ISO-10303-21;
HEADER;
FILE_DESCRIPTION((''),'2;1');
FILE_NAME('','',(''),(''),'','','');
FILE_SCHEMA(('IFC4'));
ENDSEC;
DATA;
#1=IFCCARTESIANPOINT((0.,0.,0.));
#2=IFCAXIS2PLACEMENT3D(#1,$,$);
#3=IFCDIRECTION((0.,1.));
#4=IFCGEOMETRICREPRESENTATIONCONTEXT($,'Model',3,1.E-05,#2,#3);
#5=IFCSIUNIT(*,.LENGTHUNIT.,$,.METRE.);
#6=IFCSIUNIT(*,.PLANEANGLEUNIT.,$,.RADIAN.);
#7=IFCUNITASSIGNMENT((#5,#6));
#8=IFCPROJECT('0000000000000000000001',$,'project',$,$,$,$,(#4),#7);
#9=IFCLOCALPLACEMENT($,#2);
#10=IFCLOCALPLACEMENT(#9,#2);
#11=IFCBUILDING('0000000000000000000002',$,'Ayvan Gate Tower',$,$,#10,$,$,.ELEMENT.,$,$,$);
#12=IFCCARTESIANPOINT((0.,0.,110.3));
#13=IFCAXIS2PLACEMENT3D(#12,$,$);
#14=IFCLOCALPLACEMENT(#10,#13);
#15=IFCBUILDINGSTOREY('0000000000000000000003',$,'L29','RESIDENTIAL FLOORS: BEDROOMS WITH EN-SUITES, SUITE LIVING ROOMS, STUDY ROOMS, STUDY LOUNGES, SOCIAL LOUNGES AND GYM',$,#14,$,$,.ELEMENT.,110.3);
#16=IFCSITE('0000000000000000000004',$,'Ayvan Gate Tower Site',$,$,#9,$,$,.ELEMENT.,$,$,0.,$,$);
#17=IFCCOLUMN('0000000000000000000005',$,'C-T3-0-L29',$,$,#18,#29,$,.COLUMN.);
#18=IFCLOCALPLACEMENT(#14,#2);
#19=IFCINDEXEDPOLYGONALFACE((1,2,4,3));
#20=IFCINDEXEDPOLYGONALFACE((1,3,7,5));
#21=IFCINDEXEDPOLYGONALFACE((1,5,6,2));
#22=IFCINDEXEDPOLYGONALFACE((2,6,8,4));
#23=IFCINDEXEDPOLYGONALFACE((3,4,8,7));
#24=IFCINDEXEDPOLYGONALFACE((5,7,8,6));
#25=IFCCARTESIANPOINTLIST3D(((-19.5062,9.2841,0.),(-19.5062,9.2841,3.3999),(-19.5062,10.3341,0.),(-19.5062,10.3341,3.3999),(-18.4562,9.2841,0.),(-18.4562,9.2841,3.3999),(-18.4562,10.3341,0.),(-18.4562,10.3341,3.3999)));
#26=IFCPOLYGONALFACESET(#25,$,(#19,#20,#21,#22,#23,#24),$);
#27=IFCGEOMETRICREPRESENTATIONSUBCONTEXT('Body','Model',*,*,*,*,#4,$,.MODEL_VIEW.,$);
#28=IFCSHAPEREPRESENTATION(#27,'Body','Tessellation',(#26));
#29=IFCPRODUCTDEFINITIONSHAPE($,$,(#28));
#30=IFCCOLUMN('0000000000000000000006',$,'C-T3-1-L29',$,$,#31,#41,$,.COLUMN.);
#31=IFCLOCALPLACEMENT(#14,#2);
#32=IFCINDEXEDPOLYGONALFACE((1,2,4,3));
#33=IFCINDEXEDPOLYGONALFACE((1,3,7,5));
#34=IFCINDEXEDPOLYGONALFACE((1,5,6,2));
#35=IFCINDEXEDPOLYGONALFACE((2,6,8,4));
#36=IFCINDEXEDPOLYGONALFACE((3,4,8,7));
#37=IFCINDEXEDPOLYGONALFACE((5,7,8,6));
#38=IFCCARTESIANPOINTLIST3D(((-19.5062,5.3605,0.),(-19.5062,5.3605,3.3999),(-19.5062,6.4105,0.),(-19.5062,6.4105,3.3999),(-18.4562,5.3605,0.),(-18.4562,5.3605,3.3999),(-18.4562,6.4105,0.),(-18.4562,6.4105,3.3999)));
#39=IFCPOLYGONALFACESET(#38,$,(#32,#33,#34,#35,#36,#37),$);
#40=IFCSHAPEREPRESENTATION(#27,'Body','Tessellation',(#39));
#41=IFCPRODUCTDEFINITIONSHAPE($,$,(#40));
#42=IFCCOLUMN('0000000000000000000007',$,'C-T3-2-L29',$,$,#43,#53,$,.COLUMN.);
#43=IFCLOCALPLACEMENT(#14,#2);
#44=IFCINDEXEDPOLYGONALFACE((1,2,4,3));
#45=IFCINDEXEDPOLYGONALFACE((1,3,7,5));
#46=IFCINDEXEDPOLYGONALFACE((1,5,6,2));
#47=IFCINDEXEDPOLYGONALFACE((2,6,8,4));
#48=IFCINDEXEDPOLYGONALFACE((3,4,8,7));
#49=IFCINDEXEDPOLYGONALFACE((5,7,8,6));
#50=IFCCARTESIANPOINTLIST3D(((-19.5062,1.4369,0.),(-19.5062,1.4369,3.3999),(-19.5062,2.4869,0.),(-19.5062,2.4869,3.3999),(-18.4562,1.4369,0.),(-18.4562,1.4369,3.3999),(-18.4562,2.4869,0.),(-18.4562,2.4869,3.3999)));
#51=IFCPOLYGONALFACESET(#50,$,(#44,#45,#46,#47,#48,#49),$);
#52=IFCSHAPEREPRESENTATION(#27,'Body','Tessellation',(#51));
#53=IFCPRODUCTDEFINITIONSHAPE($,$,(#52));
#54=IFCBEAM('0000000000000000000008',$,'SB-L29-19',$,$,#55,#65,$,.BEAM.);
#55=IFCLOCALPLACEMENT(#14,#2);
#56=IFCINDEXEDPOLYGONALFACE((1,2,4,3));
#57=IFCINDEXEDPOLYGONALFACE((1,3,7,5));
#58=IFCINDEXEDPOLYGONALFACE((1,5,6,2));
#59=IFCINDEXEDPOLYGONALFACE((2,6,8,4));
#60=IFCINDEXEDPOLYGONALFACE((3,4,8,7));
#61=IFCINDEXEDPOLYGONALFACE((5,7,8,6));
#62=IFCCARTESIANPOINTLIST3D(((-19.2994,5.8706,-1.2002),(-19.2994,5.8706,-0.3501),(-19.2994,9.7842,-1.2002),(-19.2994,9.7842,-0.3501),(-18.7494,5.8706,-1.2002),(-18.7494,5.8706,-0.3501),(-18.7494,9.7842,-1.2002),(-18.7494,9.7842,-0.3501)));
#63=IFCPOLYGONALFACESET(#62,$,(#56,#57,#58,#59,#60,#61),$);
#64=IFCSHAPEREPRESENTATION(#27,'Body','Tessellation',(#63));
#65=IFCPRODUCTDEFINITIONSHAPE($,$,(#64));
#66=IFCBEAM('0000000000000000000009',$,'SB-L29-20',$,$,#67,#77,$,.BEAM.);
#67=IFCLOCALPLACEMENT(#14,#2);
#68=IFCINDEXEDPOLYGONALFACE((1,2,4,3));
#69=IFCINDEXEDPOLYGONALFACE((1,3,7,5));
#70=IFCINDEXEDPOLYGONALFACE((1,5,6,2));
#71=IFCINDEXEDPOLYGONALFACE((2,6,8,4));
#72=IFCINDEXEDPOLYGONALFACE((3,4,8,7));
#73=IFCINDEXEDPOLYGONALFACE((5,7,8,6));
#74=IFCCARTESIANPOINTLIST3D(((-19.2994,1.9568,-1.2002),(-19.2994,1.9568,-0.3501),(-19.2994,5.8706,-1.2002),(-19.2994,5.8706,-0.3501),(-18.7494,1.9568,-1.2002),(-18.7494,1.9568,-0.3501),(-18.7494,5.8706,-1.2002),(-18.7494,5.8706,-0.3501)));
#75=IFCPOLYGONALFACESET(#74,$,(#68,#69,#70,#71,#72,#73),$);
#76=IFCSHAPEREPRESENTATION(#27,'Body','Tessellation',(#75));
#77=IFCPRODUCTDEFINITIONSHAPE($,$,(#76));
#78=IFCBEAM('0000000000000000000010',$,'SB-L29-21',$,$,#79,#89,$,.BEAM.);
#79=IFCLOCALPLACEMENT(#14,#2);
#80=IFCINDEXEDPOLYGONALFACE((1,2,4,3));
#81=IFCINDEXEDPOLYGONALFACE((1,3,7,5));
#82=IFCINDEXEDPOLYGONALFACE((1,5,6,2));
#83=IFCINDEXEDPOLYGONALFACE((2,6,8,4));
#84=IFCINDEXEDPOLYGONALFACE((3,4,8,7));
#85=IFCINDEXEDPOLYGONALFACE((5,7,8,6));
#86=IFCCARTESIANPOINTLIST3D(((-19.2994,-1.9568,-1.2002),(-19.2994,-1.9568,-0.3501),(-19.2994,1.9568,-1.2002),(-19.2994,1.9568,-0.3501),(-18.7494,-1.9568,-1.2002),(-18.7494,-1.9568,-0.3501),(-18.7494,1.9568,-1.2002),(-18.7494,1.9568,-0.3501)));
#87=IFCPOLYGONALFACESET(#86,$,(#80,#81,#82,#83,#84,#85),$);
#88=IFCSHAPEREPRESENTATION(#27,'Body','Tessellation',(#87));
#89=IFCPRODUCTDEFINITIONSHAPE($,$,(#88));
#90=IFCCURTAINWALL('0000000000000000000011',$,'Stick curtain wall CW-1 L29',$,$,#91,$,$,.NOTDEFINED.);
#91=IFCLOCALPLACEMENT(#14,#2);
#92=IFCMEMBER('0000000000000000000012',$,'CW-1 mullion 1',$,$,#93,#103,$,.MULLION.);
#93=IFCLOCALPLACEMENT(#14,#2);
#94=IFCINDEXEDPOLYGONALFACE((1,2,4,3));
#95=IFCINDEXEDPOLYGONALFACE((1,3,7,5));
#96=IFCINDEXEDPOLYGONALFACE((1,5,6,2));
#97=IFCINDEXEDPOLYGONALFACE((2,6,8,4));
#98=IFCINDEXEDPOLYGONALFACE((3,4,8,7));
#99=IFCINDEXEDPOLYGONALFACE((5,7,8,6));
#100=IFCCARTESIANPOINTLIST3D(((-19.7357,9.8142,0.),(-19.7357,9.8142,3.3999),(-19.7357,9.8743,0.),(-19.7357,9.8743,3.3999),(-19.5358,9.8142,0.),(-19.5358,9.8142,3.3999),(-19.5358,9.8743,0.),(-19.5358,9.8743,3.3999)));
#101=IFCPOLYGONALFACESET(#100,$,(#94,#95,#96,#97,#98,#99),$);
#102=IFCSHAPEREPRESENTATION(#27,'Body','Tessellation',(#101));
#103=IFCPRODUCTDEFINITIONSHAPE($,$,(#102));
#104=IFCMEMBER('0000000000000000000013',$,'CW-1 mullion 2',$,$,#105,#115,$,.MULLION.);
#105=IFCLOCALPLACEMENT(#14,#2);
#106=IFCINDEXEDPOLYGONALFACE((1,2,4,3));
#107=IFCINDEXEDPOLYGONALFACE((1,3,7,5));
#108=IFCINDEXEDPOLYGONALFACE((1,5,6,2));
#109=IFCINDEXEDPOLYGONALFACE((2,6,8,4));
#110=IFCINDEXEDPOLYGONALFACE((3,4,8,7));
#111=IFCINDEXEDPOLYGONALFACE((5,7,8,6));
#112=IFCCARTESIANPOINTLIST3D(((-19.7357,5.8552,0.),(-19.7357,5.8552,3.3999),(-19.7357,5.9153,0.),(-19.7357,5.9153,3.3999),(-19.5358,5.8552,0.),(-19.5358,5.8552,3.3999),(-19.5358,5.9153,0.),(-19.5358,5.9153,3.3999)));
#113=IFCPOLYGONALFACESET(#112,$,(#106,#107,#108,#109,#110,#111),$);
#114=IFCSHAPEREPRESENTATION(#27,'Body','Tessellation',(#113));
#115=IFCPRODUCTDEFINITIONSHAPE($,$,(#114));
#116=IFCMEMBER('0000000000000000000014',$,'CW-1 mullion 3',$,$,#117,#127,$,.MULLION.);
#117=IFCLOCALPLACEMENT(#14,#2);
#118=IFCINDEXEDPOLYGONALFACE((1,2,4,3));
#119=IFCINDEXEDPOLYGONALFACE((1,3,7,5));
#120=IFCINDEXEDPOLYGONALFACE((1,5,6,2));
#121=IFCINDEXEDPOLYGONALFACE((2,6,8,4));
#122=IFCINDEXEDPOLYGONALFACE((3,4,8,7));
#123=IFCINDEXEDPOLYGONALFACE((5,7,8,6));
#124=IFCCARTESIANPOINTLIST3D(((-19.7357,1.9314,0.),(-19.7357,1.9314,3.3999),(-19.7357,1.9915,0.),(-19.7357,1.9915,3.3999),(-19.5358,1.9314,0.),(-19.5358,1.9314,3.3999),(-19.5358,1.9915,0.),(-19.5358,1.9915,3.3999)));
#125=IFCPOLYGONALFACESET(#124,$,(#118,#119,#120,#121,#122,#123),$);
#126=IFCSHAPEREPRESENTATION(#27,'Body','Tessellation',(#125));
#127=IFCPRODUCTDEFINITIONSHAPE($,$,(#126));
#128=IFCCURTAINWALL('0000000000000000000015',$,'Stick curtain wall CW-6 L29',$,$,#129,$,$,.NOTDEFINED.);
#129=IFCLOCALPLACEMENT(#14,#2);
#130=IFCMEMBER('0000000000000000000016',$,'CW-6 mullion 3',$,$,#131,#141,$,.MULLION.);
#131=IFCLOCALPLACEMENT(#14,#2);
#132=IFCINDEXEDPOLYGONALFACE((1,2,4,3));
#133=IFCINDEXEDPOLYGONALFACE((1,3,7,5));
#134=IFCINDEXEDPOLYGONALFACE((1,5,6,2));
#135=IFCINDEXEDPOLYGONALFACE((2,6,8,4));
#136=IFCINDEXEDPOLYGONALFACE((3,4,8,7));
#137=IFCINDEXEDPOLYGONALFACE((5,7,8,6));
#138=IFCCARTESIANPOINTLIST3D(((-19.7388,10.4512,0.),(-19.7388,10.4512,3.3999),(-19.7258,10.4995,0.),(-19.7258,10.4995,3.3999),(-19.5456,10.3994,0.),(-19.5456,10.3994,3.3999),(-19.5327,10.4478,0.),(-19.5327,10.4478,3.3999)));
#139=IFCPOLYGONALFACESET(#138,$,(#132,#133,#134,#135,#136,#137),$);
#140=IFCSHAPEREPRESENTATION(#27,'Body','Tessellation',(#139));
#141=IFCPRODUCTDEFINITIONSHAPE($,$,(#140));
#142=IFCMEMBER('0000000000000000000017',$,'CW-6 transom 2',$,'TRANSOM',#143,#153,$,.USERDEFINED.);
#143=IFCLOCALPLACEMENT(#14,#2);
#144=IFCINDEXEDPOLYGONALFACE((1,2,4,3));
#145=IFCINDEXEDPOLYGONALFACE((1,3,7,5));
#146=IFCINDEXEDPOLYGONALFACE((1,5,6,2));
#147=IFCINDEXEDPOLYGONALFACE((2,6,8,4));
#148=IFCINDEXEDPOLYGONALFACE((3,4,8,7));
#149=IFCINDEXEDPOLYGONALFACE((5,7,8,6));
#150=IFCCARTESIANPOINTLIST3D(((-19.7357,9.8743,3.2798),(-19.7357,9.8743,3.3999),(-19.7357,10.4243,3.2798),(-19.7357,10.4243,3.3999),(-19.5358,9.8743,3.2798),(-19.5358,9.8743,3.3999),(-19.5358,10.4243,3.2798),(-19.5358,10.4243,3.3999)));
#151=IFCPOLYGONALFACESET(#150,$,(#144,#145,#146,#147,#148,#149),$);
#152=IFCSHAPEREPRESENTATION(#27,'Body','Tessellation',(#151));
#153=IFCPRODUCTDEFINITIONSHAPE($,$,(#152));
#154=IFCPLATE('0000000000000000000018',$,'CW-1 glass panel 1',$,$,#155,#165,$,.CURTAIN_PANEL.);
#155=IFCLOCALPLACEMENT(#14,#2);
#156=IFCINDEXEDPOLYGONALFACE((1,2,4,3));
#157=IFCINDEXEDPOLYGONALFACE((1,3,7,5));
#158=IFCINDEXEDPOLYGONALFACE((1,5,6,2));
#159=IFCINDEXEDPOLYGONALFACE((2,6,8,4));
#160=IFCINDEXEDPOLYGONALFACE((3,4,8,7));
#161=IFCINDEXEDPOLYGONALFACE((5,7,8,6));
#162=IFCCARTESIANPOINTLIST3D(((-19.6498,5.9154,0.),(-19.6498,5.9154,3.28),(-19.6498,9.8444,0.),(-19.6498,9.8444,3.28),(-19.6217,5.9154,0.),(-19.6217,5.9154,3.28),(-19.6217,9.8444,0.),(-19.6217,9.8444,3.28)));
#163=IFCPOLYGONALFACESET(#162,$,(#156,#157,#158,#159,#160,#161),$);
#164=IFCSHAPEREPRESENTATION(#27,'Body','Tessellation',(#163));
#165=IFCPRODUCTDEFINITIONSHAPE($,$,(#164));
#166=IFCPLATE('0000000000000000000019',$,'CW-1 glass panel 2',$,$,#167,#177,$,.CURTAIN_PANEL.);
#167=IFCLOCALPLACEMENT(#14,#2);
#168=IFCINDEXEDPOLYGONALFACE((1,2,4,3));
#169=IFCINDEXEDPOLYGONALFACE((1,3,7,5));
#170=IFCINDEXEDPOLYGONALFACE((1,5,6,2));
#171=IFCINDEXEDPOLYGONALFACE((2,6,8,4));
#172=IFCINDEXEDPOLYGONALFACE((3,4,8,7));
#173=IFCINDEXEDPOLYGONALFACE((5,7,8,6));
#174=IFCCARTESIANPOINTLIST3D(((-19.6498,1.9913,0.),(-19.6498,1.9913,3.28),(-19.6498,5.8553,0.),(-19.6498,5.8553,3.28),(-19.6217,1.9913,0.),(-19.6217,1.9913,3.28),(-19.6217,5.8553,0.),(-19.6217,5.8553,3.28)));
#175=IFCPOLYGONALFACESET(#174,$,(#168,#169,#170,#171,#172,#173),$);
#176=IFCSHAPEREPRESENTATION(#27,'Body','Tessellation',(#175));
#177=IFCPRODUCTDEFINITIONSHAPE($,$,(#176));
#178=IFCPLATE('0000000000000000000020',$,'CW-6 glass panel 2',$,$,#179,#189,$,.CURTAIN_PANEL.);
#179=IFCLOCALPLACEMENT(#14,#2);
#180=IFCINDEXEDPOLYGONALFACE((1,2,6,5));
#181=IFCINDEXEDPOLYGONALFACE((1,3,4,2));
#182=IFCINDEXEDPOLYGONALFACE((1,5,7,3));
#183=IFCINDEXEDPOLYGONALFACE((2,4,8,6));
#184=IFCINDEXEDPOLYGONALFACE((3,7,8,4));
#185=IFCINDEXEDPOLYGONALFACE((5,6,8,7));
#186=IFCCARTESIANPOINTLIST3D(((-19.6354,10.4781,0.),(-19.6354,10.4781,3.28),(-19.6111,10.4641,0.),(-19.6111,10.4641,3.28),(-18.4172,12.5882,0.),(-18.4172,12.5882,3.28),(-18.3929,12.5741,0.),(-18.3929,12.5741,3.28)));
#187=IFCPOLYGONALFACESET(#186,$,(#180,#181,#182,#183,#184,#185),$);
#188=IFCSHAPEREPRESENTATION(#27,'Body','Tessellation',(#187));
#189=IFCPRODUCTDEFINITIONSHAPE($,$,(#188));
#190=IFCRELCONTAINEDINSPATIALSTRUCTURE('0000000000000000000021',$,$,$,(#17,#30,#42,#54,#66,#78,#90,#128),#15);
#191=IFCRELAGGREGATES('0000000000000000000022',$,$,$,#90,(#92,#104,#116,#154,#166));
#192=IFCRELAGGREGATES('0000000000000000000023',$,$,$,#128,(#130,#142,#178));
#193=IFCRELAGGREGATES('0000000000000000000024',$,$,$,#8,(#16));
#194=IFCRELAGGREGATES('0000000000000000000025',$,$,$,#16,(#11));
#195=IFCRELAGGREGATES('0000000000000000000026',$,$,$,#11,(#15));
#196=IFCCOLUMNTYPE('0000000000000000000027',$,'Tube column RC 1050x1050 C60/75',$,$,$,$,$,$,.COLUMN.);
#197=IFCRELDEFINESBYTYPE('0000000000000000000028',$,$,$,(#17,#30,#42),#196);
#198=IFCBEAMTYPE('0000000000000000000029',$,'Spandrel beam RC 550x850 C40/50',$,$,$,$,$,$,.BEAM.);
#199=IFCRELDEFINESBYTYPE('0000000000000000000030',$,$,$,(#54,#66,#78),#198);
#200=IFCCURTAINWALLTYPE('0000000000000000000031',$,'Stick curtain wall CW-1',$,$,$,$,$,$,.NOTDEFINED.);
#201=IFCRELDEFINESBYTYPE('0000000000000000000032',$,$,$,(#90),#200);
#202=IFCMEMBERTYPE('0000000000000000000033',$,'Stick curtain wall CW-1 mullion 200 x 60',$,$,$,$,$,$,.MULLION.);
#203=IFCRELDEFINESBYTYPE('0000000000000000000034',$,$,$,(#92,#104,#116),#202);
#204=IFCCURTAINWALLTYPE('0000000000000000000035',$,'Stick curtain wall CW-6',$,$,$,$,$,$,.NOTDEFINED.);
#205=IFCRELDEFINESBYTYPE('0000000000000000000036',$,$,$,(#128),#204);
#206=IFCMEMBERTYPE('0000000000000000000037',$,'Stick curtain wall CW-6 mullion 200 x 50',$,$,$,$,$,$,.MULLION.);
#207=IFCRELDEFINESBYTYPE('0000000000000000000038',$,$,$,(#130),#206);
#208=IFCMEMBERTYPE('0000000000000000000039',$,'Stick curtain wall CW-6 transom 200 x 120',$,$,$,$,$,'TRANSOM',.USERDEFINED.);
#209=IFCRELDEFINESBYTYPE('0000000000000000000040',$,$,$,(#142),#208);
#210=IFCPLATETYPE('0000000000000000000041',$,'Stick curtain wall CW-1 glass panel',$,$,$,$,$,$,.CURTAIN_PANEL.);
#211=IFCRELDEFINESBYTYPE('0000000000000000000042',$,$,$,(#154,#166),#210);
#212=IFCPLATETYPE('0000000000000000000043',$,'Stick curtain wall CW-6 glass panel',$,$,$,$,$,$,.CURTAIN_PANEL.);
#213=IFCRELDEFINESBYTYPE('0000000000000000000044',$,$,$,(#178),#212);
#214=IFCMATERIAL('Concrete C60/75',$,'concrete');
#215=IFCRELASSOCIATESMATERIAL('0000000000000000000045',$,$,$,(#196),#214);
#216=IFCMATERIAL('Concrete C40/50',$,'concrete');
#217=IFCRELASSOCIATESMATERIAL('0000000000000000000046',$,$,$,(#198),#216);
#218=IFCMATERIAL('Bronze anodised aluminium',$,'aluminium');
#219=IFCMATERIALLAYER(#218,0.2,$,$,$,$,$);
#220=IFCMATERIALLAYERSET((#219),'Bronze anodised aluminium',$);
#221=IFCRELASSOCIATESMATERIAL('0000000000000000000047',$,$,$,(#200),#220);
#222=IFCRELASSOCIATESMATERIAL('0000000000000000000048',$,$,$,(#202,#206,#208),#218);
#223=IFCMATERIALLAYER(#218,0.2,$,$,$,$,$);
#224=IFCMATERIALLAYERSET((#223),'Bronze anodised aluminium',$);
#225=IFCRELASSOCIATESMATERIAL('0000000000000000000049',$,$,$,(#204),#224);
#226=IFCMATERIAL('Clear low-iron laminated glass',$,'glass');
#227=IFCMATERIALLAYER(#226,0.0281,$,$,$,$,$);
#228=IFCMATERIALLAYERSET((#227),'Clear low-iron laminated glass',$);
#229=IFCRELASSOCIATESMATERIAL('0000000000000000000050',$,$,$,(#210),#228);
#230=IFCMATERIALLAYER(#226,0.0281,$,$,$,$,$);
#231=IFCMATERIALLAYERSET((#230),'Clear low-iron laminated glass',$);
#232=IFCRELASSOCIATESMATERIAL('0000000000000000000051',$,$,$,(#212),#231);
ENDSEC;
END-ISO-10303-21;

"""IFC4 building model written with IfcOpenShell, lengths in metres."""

from ifc_helpers import new_model, si_unit, direction, frame, origin, origin_2d, place, context, subcontext, project, spatial, rectangle, extrude, material, layer, layer_set, material_profile, profile_set, type_object, element, aggregate, save


model = new_model("IFC4")

# Units and contexts
model_context = context("Model", 3, precision=1e-05, world=origin(), true_north=direction((0.0, 1.0)))
body_context = subcontext(model_context, "Body", "Model", "MODEL_VIEW")
ifc_project = project(units=[si_unit("LENGTHUNIT", "METRE"), si_unit("PLANEANGLEUNIT", "RADIAN")], contexts=[model_context])

# Site, building, storey
site_placement = place(None, origin())
site = spatial("IfcSite", under=ifc_project, at=site_placement, Name="Ayvan Gate Tower Site", CompositionType="ELEMENT", RefElevation=0.0)
building_placement = place(site_placement, origin())
building = spatial("IfcBuilding", under=site, at=building_placement, Name="Ayvan Gate Tower", CompositionType="ELEMENT")
storey_placement = place(building_placement, frame((0.0, 0.0, 110.3)))
storey = spatial("IfcBuildingStorey", under=building, at=storey_placement, Name="L29", Description="RESIDENTIAL FLOORS: BEDROOMS WITH EN-SUITES, SUITE LIVING ROOMS, STUDY ROOMS, STUDY LOUNGES, SOCIAL LOUNGES AND GYM", CompositionType="ELEMENT", Elevation=110.3)

# Columns
ifc_material_1 = material(Name="Concrete C60/75", Category="concrete")
ifc_material_profile_1 = material_profile(ifc_material_1, rectangle(XDim=1.05, YDim=1.05, at=origin_2d()), Name="RC 1050x1050")
ifc_profile_set_1 = profile_set([ifc_material_profile_1], Name="Concrete C60/75")
column_type = type_object("IfcColumnType", Name="Tube column RC 1050x1050 C60/75", PredefinedType="COLUMN", material=ifc_profile_set_1)
for number, where, z_axis, x_axis, name in (
    (1, (-18.9812, 9.8091, 0.0), (0.0, 0.0, 1.0), (-1.0, 0.0, 0.0), "C-T3-0-L29"),
    (2, (-18.9812, 5.8855, 0.0), (0.0, 0.0, 1.0), (-1.0, 0.0, 0.0), "C-T3-1-L29"),
    (3, (-18.9812, 1.9619, 0.0), (0.0, 0.0, 1.0), (-1.0, 0.0, 0.0), "C-T3-2-L29"),
):
    element("IfcColumn", number, at=place(storey_placement, frame(where, z_axis=z_axis, x_axis=x_axis)), inside=storey, type_object=column_type, Name=name, PredefinedType="COLUMN", context=body_context, shape_type="SweptSolid", body=[
        extrude(rectangle(XDim=1.05, YDim=1.05, at=origin_2d()), origin(), (0.0, 0.0, 1.0), 3.3999),
    ])

# Beams
ifc_material_2 = material(Name="Concrete C40/50", Category="concrete")
ifc_material_profile_2 = material_profile(ifc_material_2, rectangle(XDim=0.55, YDim=0.8501, at=origin_2d()), Name="RC 550x850")
ifc_profile_set_2 = profile_set([ifc_material_profile_2], Name="Concrete C40/50")
beam_type = type_object("IfcBeamType", Name="Spandrel beam RC 550x850 C40/50", PredefinedType="BEAM", material=ifc_profile_set_2)
beam_1_placement = place(storey_placement, frame((-19.0244, 9.7842, -0.7751), z_axis=(0.0, -1.0, 0.0), x_axis=(1.0, 0.0, 0.0)))
element("IfcBeam", 4, at=beam_1_placement, inside=storey, type_object=beam_type, Name="SB-L29-19", PredefinedType="BEAM", context=body_context, shape_type="SweptSolid", body=[
    extrude(rectangle(XDim=0.55, YDim=0.8501, at=origin_2d()), origin(), (0.0, 0.0, 1.0), 3.9136),
])
beam_2_placement = place(storey_placement, frame((-19.0244, 5.8706, -0.7751), z_axis=(0.0, -1.0, 0.0), x_axis=(1.0, 0.0, 0.0)))
element("IfcBeam", 5, at=beam_2_placement, inside=storey, type_object=beam_type, Name="SB-L29-20", PredefinedType="BEAM", context=body_context, shape_type="SweptSolid", body=[
    extrude(rectangle(XDim=0.55, YDim=0.8501, at=origin_2d()), origin(), (0.0, 0.0, 1.0), 3.9138),
])
beam_3_placement = place(storey_placement, frame((-19.0244, 1.9568, -0.7751), z_axis=(0.0, -1.0, 0.0), x_axis=(1.0, 0.0, 0.0)))
element("IfcBeam", 6, at=beam_3_placement, inside=storey, type_object=beam_type, Name="SB-L29-21", PredefinedType="BEAM", context=body_context, shape_type="SweptSolid", body=[
    extrude(rectangle(XDim=0.55, YDim=0.8501, at=origin_2d()), origin(), (0.0, 0.0, 1.0), 3.9136),
])

# Curtain walls, members
ifc_material_3 = material(Name="Bronze anodised aluminium", Category="aluminium")
ifc_layer_1 = layer(ifc_material_3, 0.2)
ifc_layer_set_1 = layer_set([ifc_layer_1], Name="Bronze anodised aluminium")
curtain_wall_type_1 = type_object("IfcCurtainWallType", Name="Stick curtain wall CW-1", PredefinedType="NOTDEFINED", material=ifc_layer_set_1)
curtain_wall_1_placement = place(storey_placement, origin())
curtain_wall_1 = element("IfcCurtainWall", 7, at=curtain_wall_1_placement, inside=storey, type_object=curtain_wall_type_1, Name="Stick curtain wall CW-1 L29", PredefinedType="NOTDEFINED")
ifc_material_profile_3 = material_profile(ifc_material_3, rectangle(XDim=0.2, YDim=0.0601, at=origin_2d()), Name="Stick curtain wall CW-1 mullion 200 x 60")
ifc_profile_set_3 = profile_set([ifc_material_profile_3], Name="Bronze anodised aluminium")
member_type_1 = type_object("IfcMemberType", Name="Stick curtain wall CW-1 mullion 200 x 60", PredefinedType="MULLION", material=ifc_profile_set_3)
member_1_placement = place(storey_placement, frame((-19.6357, 9.8442, 0.0), z_axis=(0.0, 0.0, 1.0), x_axis=(-1.0, 0.0, 0.0)))
member_1 = element("IfcMember", 8, at=member_1_placement, type_object=member_type_1, Name="CW-1 mullion 1", PredefinedType="MULLION", context=body_context, shape_type="SweptSolid", body=[
    extrude(rectangle(XDim=0.2, YDim=0.0601, at=origin_2d()), origin(), (0.0, 0.0, 1.0), 3.3999),
])
member_2_placement = place(storey_placement, frame((-19.6357, 5.8853, 0.0), z_axis=(0.0, 0.0, 1.0), x_axis=(-1.0, 0.0, 0.0)))
member_2 = element("IfcMember", 9, at=member_2_placement, type_object=member_type_1, Name="CW-1 mullion 2", PredefinedType="MULLION", context=body_context, shape_type="SweptSolid", body=[
    extrude(rectangle(XDim=0.2, YDim=0.0601, at=origin_2d()), origin(), (0.0, 0.0, 1.0), 3.3999),
])
member_3_placement = place(storey_placement, frame((-19.6357, 1.9614, 0.0), z_axis=(0.0, 0.0, 1.0), x_axis=(-1.0, 0.0, 0.0)))
member_3 = element("IfcMember", 10, at=member_3_placement, type_object=member_type_1, Name="CW-1 mullion 3", PredefinedType="MULLION", context=body_context, shape_type="SweptSolid", body=[
    extrude(rectangle(XDim=0.2, YDim=0.0601, at=origin_2d()), origin(), (0.0, 0.0, 1.0), 3.3999),
])
ifc_layer_2 = layer(ifc_material_3, 0.2)
ifc_layer_set_2 = layer_set([ifc_layer_2], Name="Bronze anodised aluminium")
curtain_wall_type_2 = type_object("IfcCurtainWallType", Name="Stick curtain wall CW-6", PredefinedType="NOTDEFINED", material=ifc_layer_set_2)
curtain_wall_2_placement = place(storey_placement, origin())
curtain_wall_2 = element("IfcCurtainWall", 11, at=curtain_wall_2_placement, inside=storey, type_object=curtain_wall_type_2, Name="Stick curtain wall CW-6 L29", PredefinedType="NOTDEFINED")
ifc_material_profile_4 = material_profile(ifc_material_3, rectangle(XDim=0.2, YDim=0.05, at=origin_2d()), Name="Stick curtain wall CW-6 mullion 200 x 50")
ifc_profile_set_4 = profile_set([ifc_material_profile_4], Name="Bronze anodised aluminium")
member_type_2 = type_object("IfcMemberType", Name="Stick curtain wall CW-6 mullion 200 x 50", PredefinedType="MULLION", material=ifc_profile_set_4)
member_4_placement = place(storey_placement, frame((-19.6357, 10.4495, 0.0), z_axis=(0.0, 0.0, 1.0), x_axis=(-0.965926, 0.258819, 0.0)))
member_4 = element("IfcMember", 12, at=member_4_placement, type_object=member_type_2, Name="CW-6 mullion 3", PredefinedType="MULLION", context=body_context, shape_type="SweptSolid", body=[
    extrude(rectangle(XDim=0.2, YDim=0.05, at=origin_2d()), origin(), (0.0, 0.0, 1.0), 3.3999),
])
ifc_material_profile_5 = material_profile(ifc_material_3, rectangle(XDim=0.2, YDim=0.1201, at=origin_2d()), Name="Stick curtain wall CW-6 transom 200 x 120")
ifc_profile_set_5 = profile_set([ifc_material_profile_5], Name="Bronze anodised aluminium")
member_type_3 = type_object("IfcMemberType", Name="Stick curtain wall CW-6 transom 200 x 120", ElementType="TRANSOM", PredefinedType="USERDEFINED", material=ifc_profile_set_5)
member_5_placement = place(storey_placement, frame((-19.6357, 10.4243, 3.3398), z_axis=(0.0, -1.0, 0.0), x_axis=(1.0, 0.0, 0.0)))
member_5 = element("IfcMember", 13, at=member_5_placement, type_object=member_type_3, Name="CW-6 transom 2", ObjectType="TRANSOM", PredefinedType="USERDEFINED", context=body_context, shape_type="SweptSolid", body=[
    extrude(rectangle(XDim=0.2, YDim=0.1201, at=origin_2d()), origin(), (0.0, 0.0, 1.0), 0.55),
])

# Plates
ifc_material_4 = material(Name="Clear low-iron laminated glass", Category="glass")
ifc_layer_3 = layer(ifc_material_4, 0.0281)
ifc_layer_set_3 = layer_set([ifc_layer_3], Name="Clear low-iron laminated glass")
plate_type_1 = type_object("IfcPlateType", Name="Stick curtain wall CW-1 glass panel", PredefinedType="CURTAIN_PANEL", material=ifc_layer_set_3)
plate_1_placement = place(storey_placement, frame((-19.6357, 7.8799, 0.0), z_axis=(0.0, 0.0, 1.0), x_axis=(0.0, -1.0, 0.0)))
plate_1 = element("IfcPlate", 14, at=plate_1_placement, type_object=plate_type_1, Name="CW-1 glass panel 1", PredefinedType="CURTAIN_PANEL", context=body_context, shape_type="SweptSolid", body=[
    extrude(rectangle(XDim=3.929, YDim=0.0281, at=origin_2d()), origin(), (0.0, 0.0, 1.0), 3.28),
])
plate_2_placement = place(storey_placement, frame((-19.6357, 3.9233, 0.0), z_axis=(0.0, 0.0, 1.0), x_axis=(0.0, -1.0, 0.0)))
plate_2 = element("IfcPlate", 15, at=plate_2_placement, type_object=plate_type_1, Name="CW-1 glass panel 2", PredefinedType="CURTAIN_PANEL", context=body_context, shape_type="SweptSolid", body=[
    extrude(rectangle(XDim=3.864, YDim=0.0281, at=origin_2d()), origin(), (0.0, 0.0, 1.0), 3.28),
])
aggregate(curtain_wall_1, [member_1, member_2, member_3, plate_1, plate_2])
ifc_layer_4 = layer(ifc_material_4, 0.0281)
ifc_layer_set_4 = layer_set([ifc_layer_4], Name="Clear low-iron laminated glass")
plate_type_2 = type_object("IfcPlateType", Name="Stick curtain wall CW-6 glass panel", PredefinedType="CURTAIN_PANEL", material=ifc_layer_set_4)
plate_3_placement = place(storey_placement, frame((-19.0142, 11.5261, 0.0), z_axis=(0.0, 0.0, 1.0), x_axis=(-0.5, -0.866025, 0.0)))
plate_3 = element("IfcPlate", 16, at=plate_3_placement, type_object=plate_type_2, Name="CW-6 glass panel 2", PredefinedType="CURTAIN_PANEL", context=body_context, shape_type="SweptSolid", body=[
    extrude(rectangle(XDim=2.4365, YDim=0.0281, at=origin_2d()), origin(), (0.0, 0.0, 1.0), 3.28),
])
aggregate(curtain_wall_2, [member_4, member_5, plate_3])

save(model, "model.ifc")
